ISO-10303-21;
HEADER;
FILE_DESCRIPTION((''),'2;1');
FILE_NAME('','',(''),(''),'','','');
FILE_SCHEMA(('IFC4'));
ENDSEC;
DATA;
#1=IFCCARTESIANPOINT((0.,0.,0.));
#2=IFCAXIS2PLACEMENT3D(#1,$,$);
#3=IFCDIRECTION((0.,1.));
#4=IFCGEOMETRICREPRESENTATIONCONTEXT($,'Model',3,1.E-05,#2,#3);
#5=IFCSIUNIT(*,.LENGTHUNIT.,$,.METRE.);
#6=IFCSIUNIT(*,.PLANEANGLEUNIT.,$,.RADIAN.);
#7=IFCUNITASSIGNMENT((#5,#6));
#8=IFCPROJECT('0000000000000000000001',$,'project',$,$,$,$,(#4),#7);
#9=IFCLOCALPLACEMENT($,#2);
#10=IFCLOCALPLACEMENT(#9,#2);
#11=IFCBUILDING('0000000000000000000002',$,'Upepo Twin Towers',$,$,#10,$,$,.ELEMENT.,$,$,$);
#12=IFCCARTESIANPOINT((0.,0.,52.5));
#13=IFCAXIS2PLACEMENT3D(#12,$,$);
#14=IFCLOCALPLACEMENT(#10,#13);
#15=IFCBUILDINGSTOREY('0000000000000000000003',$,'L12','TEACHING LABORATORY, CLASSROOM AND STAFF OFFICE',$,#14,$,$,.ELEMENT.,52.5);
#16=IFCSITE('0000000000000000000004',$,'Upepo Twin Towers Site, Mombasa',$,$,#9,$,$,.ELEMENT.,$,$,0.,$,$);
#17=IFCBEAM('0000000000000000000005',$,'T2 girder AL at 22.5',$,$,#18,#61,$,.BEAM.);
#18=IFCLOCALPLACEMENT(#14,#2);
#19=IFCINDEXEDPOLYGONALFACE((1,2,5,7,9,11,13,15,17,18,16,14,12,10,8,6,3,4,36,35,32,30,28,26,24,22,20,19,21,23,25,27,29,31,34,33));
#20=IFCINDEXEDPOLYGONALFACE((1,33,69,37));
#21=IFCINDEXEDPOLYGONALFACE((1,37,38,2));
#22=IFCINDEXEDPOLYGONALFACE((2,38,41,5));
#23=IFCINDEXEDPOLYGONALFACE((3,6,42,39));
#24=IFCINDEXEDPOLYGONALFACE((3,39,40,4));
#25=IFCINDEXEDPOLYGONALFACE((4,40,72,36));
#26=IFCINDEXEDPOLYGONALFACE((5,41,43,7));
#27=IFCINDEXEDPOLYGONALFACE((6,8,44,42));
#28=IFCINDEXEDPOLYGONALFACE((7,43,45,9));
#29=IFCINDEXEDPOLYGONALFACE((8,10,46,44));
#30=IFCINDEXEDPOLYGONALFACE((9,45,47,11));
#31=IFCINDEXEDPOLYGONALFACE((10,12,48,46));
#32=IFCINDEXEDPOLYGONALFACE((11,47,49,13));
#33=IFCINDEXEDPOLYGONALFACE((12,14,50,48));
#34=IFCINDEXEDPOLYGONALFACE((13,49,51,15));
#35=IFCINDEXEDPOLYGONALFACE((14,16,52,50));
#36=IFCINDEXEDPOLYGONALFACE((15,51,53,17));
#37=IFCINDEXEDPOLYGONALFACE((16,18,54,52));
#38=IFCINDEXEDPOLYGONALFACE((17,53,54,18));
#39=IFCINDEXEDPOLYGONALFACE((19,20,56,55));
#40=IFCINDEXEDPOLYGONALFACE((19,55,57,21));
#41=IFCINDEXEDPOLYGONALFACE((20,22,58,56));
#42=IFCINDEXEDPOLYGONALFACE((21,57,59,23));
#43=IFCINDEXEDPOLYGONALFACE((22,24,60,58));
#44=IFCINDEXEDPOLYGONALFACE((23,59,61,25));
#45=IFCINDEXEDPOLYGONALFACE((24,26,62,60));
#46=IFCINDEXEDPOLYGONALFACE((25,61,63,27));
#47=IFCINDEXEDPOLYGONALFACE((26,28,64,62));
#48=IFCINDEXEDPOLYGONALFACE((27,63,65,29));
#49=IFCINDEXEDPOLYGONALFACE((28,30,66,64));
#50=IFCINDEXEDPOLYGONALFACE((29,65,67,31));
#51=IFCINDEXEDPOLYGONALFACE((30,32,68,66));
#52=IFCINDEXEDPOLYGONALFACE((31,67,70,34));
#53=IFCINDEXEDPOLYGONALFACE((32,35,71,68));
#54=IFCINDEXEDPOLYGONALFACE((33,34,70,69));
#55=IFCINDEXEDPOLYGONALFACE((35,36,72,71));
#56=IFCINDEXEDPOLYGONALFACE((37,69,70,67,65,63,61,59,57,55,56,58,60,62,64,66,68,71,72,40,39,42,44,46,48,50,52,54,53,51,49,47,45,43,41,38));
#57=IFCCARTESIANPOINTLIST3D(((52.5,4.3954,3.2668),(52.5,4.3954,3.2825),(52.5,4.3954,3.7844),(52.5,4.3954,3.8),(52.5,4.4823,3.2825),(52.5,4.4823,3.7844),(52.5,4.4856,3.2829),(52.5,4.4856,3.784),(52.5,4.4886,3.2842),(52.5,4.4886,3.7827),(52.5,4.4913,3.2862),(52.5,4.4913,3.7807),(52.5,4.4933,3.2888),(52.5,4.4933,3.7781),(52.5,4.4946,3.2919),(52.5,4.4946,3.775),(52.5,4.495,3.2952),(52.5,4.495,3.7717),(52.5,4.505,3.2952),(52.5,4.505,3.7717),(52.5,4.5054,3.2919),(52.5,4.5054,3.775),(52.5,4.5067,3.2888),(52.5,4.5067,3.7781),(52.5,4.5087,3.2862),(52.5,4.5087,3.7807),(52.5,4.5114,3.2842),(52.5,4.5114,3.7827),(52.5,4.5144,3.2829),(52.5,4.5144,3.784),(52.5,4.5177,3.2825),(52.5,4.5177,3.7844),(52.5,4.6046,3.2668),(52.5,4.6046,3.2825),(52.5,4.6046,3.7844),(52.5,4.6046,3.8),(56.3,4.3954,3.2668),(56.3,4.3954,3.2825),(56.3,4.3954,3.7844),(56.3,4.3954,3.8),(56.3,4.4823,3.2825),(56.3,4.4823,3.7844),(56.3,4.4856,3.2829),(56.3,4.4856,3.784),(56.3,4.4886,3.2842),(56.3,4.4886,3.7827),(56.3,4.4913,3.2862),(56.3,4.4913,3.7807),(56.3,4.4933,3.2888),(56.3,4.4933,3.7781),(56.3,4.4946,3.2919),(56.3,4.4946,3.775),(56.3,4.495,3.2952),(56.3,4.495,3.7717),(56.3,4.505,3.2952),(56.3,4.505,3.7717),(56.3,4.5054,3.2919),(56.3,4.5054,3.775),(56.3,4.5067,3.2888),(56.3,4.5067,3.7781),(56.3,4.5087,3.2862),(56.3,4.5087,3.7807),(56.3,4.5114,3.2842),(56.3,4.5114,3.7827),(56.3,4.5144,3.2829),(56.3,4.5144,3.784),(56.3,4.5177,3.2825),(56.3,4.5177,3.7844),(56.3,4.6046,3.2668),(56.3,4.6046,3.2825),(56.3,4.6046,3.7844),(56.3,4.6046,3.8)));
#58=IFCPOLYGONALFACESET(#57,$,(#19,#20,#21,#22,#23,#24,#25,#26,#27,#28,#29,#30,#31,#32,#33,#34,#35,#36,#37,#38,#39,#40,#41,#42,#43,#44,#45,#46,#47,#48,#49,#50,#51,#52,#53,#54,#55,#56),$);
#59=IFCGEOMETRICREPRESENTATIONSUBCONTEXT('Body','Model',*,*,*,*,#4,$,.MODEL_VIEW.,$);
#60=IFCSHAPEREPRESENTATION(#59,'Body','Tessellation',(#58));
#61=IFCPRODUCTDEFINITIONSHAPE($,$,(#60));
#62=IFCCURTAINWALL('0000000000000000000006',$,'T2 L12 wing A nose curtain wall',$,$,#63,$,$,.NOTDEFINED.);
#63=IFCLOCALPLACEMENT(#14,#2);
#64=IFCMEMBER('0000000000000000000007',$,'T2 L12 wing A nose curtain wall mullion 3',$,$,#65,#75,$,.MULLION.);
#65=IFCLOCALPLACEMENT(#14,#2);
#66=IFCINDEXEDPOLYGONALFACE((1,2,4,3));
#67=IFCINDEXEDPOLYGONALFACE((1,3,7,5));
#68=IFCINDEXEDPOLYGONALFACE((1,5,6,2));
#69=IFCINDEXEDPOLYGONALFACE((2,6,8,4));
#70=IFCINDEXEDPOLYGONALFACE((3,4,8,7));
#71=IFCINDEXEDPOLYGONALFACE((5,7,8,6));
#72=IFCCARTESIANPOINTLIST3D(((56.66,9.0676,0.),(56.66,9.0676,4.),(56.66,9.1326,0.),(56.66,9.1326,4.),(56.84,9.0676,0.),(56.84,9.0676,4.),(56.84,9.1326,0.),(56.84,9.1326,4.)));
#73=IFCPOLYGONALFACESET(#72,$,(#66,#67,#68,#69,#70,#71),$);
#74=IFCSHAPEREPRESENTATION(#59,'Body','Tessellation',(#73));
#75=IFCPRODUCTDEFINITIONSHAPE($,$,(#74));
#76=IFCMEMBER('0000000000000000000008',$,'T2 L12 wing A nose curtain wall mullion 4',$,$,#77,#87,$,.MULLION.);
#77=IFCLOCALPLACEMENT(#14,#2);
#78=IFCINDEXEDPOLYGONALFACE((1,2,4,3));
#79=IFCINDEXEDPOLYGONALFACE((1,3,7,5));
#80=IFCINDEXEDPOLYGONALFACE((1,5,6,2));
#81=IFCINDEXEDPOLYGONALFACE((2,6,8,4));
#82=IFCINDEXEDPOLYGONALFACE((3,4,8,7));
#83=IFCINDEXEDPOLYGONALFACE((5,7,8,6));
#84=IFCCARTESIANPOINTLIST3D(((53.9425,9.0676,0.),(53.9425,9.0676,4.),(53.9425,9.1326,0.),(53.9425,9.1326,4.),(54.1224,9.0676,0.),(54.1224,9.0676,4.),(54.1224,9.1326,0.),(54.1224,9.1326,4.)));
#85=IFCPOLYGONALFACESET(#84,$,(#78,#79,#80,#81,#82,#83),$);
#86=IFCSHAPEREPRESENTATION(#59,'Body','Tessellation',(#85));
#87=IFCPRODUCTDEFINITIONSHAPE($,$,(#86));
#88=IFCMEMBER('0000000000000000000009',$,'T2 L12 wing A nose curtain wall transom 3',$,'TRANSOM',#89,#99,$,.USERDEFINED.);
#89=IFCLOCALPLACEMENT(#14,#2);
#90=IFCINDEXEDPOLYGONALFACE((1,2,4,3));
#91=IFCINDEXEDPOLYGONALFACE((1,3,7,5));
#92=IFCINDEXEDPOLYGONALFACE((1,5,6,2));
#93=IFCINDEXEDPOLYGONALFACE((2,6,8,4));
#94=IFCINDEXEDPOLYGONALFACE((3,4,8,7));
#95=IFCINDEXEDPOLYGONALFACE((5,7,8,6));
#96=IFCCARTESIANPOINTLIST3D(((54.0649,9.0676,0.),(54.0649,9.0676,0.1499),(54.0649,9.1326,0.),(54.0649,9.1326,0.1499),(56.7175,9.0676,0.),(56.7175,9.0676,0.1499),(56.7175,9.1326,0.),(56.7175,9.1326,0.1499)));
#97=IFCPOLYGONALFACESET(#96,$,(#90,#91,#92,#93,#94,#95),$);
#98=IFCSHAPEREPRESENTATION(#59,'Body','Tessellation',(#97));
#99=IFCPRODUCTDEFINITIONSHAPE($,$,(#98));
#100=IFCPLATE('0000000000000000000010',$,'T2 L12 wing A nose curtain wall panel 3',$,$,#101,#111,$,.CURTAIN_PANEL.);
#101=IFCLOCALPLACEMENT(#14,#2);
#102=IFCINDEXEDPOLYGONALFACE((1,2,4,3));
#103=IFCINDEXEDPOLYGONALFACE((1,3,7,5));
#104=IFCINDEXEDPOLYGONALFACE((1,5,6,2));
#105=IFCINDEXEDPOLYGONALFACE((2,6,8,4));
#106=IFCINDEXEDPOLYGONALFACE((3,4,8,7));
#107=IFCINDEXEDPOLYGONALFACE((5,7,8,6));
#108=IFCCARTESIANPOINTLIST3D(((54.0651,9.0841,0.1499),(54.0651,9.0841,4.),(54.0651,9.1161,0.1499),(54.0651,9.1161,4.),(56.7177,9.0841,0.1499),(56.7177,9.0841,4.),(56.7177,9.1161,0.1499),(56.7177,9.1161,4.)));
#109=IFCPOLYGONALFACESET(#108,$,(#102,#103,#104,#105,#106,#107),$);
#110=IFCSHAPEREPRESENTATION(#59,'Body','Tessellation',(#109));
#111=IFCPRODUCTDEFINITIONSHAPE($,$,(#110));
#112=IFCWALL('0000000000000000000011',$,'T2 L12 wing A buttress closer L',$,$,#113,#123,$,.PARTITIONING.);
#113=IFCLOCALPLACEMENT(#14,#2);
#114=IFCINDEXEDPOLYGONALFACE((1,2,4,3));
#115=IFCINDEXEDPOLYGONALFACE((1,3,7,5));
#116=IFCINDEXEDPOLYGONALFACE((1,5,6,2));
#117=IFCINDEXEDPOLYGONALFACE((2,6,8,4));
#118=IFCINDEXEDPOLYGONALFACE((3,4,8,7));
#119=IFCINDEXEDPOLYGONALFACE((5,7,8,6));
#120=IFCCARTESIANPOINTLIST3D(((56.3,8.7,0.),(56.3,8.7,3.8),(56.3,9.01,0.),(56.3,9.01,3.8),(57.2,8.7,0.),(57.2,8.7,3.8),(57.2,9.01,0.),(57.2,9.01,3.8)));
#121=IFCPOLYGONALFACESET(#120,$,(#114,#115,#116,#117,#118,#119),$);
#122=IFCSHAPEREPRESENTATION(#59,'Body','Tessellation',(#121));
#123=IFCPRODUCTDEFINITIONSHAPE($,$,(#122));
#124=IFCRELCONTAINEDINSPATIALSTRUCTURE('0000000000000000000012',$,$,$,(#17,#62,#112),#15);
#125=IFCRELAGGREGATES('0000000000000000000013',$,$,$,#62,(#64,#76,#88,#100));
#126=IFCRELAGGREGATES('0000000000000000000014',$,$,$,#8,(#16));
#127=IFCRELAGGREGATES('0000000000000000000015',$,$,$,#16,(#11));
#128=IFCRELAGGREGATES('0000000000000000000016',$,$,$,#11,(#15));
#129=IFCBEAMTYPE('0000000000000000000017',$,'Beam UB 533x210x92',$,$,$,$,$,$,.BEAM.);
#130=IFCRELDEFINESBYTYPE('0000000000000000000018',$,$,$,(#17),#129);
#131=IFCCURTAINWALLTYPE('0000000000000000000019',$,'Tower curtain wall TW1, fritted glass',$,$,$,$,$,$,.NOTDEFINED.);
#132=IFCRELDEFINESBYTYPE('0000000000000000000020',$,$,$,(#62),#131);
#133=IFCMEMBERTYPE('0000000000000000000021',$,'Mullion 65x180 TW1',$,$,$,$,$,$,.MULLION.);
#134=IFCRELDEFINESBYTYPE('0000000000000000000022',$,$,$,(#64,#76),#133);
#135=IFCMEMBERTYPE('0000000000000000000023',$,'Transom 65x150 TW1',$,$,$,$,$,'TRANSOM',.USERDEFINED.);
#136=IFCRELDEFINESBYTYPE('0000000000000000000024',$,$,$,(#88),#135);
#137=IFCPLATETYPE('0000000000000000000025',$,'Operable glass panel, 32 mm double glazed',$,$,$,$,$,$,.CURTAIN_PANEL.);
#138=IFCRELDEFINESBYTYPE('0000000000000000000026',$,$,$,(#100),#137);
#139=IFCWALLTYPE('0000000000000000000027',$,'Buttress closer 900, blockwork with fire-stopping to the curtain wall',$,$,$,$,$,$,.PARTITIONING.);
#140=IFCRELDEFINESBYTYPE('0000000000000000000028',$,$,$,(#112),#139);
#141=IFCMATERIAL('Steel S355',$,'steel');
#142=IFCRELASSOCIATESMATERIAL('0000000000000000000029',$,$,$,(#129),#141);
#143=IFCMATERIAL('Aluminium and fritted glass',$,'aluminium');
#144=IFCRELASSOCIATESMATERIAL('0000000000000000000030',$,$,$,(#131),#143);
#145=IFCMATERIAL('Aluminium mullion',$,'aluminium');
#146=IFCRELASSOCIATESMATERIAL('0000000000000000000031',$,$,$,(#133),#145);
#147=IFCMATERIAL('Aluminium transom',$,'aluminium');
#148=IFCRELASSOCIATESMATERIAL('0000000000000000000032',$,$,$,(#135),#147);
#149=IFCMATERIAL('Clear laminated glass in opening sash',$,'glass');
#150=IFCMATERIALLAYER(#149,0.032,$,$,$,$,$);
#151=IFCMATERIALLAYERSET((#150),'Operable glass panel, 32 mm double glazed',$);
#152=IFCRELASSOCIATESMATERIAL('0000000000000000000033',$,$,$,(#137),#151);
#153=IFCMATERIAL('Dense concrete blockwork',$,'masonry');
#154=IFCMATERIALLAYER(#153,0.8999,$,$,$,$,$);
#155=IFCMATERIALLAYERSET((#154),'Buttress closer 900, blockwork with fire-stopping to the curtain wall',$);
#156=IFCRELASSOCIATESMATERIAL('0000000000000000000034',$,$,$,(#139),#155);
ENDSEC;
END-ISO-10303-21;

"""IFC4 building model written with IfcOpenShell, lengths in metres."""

from ifc_helpers import new_model, si_unit, direction, frame, frame_2d, origin, origin_2d, place, context, subcontext, project, spatial, rectangle, i_section, extrude, material, layer, layer_set, material_profile, profile_set, type_object, element, aggregate, save


model = new_model("IFC4")

# Units and contexts
model_context = context("Model", 3, precision=1e-05, world=origin(), true_north=direction((0.0, 1.0)))
body_context = subcontext(model_context, "Body", "Model", "MODEL_VIEW")
ifc_project = project(units=[si_unit("LENGTHUNIT", "METRE"), si_unit("PLANEANGLEUNIT", "RADIAN")], contexts=[model_context])

# Site, building, storey
site_placement = place(None, origin())
site = spatial("IfcSite", under=ifc_project, at=site_placement, Name="Upepo Twin Towers Site, Mombasa", CompositionType="ELEMENT", RefElevation=0.0)
building_placement = place(site_placement, origin())
building = spatial("IfcBuilding", under=site, at=building_placement, Name="Upepo Twin Towers", CompositionType="ELEMENT")
storey_placement = place(building_placement, frame((0.0, 0.0, 52.5)))
storey = spatial("IfcBuildingStorey", under=building, at=storey_placement, Name="L12", Description="TEACHING LABORATORY, CLASSROOM AND STAFF OFFICE", CompositionType="ELEMENT", Elevation=52.5)

# Beam
ifc_material_1 = material(Name="Steel S355", Category="steel")
ifc_material_profile_1 = material_profile(ifc_material_1, i_section(OverallWidth=0.2092, OverallDepth=0.5332, WebThickness=0.01, FlangeThickness=0.0156, FilletRadius=0.0127, at=origin_2d()), Name="UB 533x210x92")
ifc_profile_set_1 = profile_set([ifc_material_profile_1], Name="Steel S355")
beam_type_1 = type_object("IfcBeamType", Name="Beam UB 533x210x92", PredefinedType="BEAM", material=ifc_profile_set_1)
beam_1_placement = place(storey_placement, frame((52.5, 4.5, 3.5334), z_axis=(1.0, 0.0, 0.0), x_axis=(0.0, 1.0, 0.0)))
element("IfcBeam", 1, at=beam_1_placement, inside=storey, type_object=beam_type_1, Name="T2 girder AL at 22.5", PredefinedType="BEAM", context=body_context, shape_type="SweptSolid", body=[
    extrude(i_section(OverallWidth=0.2092, OverallDepth=0.5332, WebThickness=0.01, FlangeThickness=0.0156, FilletRadius=0.0127, at=origin_2d()), origin(), (0.0, 0.0, 1.0), 3.8),
])

# Curtain wall, members, plate
ifc_material_2 = material(Name="Aluminium and fritted glass", Category="aluminium")
curtain_wall_type = type_object("IfcCurtainWallType", Name="Tower curtain wall TW1, fritted glass", PredefinedType="NOTDEFINED", material=ifc_material_2)
curtain_wall_placement = place(storey_placement, origin())
curtain_wall = element("IfcCurtainWall", 2, at=curtain_wall_placement, inside=storey, type_object=curtain_wall_type, Name="T2 L12 wing A nose curtain wall", PredefinedType="NOTDEFINED")
ifc_material_3 = material(Name="Aluminium mullion", Category="aluminium")
ifc_material_profile_2 = material_profile(ifc_material_3, rectangle(XDim=0.0649, YDim=0.1799, at=origin_2d()), Name="MULLION 65x180")
ifc_profile_set_2 = profile_set([ifc_material_profile_2], Name="Aluminium mullion")
member_type_1 = type_object("IfcMemberType", Name="Mullion 65x180 TW1", PredefinedType="MULLION", material=ifc_profile_set_2)
member_1_placement = place(storey_placement, frame((56.75, 9.1001, 0.0), z_axis=(0.0, 0.0, 1.0), x_axis=(0.0, -1.0, 0.0)))
member_1 = element("IfcMember", 3, at=member_1_placement, type_object=member_type_1, Name="T2 L12 wing A nose curtain wall mullion 3", PredefinedType="MULLION", context=body_context, shape_type="SweptSolid", body=[
    extrude(rectangle(XDim=0.0649, YDim=0.1799, at=origin_2d()), origin(), (0.0, 0.0, 1.0), 4.0),
])
member_2_placement = place(storey_placement, frame((54.0325, 9.1001, 0.0), z_axis=(0.0, 0.0, 1.0), x_axis=(0.0, -1.0, 0.0)))
member_2 = element("IfcMember", 4, at=member_2_placement, type_object=member_type_1, Name="T2 L12 wing A nose curtain wall mullion 4", PredefinedType="MULLION", context=body_context, shape_type="SweptSolid", body=[
    extrude(rectangle(XDim=0.0649, YDim=0.1799, at=origin_2d()), origin(), (0.0, 0.0, 1.0), 4.0),
])
ifc_material_4 = material(Name="Aluminium transom", Category="aluminium")
ifc_material_profile_3 = material_profile(ifc_material_4, rectangle(XDim=0.0649, YDim=0.1499, at=origin_2d()), Name="TRANSOM 65x150")
ifc_profile_set_3 = profile_set([ifc_material_profile_3], Name="Aluminium transom")
member_type_2 = type_object("IfcMemberType", Name="Transom 65x150 TW1", ElementType="TRANSOM", PredefinedType="USERDEFINED", material=ifc_profile_set_3)
member_3_placement = place(storey_placement, frame((56.7175, 9.1001, 0.075), z_axis=(-1.0, 0.0, 0.0), x_axis=(0.0, -1.0, 0.0)))
member_3 = element("IfcMember", 5, at=member_3_placement, type_object=member_type_2, Name="T2 L12 wing A nose curtain wall transom 3", ObjectType="TRANSOM", PredefinedType="USERDEFINED", context=body_context, shape_type="SweptSolid", body=[
    extrude(rectangle(XDim=0.0649, YDim=0.1499, at=origin_2d()), origin(), (0.0, 0.0, 1.0), 2.6526),
])
ifc_material_5 = material(Name="Clear laminated glass in opening sash", Category="glass")
ifc_layer_1 = layer(ifc_material_5, 0.032)
ifc_layer_set_1 = layer_set([ifc_layer_1], Name="Operable glass panel, 32 mm double glazed")
plate_type = type_object("IfcPlateType", Name="Operable glass panel, 32 mm double glazed", PredefinedType="CURTAIN_PANEL", material=ifc_layer_set_1)
plate_placement = place(storey_placement, frame((55.3914, 9.1001, 0.1499), z_axis=(0.0, 0.0, 1.0), x_axis=(-1.0, 0.0, 0.0)))
plate = element("IfcPlate", 6, at=plate_placement, type_object=plate_type, Name="T2 L12 wing A nose curtain wall panel 3", PredefinedType="CURTAIN_PANEL", context=body_context, shape_type="SweptSolid", body=[
    extrude(rectangle(XDim=2.6526, YDim=0.032, at=origin_2d()), origin(), (0.0, 0.0, 1.0), 3.8501),
])
aggregate(curtain_wall, [member_1, member_2, member_3, plate])

# Wall
ifc_material_6 = material(Name="Dense concrete blockwork", Category="masonry")
ifc_layer_2 = layer(ifc_material_6, 0.8999)
ifc_layer_set_2 = layer_set([ifc_layer_2], Name="Buttress closer 900, blockwork with fire-stopping to the curtain wall")
wall_type_1 = type_object("IfcWallType", Name="Buttress closer 900, blockwork with fire-stopping to the curtain wall", PredefinedType="PARTITIONING", material=ifc_layer_set_2)
wall_1_placement = place(storey_placement, frame((56.75, 8.7, 0.0), z_axis=(0.0, 0.0, 1.0), x_axis=(0.0, 1.0, 0.0)))
element("IfcWall", 7, at=wall_1_placement, inside=storey, type_object=wall_type_1, Name="T2 L12 wing A buttress closer L", PredefinedType="PARTITIONING", context=body_context, shape_type="SweptSolid", body=[
    extrude(rectangle(XDim=0.3101, YDim=0.8999, at=frame_2d((0.155, 0.0))), origin(), (0.0, 0.0, 1.0), 3.8),
])

save(model, "model.ifc")
